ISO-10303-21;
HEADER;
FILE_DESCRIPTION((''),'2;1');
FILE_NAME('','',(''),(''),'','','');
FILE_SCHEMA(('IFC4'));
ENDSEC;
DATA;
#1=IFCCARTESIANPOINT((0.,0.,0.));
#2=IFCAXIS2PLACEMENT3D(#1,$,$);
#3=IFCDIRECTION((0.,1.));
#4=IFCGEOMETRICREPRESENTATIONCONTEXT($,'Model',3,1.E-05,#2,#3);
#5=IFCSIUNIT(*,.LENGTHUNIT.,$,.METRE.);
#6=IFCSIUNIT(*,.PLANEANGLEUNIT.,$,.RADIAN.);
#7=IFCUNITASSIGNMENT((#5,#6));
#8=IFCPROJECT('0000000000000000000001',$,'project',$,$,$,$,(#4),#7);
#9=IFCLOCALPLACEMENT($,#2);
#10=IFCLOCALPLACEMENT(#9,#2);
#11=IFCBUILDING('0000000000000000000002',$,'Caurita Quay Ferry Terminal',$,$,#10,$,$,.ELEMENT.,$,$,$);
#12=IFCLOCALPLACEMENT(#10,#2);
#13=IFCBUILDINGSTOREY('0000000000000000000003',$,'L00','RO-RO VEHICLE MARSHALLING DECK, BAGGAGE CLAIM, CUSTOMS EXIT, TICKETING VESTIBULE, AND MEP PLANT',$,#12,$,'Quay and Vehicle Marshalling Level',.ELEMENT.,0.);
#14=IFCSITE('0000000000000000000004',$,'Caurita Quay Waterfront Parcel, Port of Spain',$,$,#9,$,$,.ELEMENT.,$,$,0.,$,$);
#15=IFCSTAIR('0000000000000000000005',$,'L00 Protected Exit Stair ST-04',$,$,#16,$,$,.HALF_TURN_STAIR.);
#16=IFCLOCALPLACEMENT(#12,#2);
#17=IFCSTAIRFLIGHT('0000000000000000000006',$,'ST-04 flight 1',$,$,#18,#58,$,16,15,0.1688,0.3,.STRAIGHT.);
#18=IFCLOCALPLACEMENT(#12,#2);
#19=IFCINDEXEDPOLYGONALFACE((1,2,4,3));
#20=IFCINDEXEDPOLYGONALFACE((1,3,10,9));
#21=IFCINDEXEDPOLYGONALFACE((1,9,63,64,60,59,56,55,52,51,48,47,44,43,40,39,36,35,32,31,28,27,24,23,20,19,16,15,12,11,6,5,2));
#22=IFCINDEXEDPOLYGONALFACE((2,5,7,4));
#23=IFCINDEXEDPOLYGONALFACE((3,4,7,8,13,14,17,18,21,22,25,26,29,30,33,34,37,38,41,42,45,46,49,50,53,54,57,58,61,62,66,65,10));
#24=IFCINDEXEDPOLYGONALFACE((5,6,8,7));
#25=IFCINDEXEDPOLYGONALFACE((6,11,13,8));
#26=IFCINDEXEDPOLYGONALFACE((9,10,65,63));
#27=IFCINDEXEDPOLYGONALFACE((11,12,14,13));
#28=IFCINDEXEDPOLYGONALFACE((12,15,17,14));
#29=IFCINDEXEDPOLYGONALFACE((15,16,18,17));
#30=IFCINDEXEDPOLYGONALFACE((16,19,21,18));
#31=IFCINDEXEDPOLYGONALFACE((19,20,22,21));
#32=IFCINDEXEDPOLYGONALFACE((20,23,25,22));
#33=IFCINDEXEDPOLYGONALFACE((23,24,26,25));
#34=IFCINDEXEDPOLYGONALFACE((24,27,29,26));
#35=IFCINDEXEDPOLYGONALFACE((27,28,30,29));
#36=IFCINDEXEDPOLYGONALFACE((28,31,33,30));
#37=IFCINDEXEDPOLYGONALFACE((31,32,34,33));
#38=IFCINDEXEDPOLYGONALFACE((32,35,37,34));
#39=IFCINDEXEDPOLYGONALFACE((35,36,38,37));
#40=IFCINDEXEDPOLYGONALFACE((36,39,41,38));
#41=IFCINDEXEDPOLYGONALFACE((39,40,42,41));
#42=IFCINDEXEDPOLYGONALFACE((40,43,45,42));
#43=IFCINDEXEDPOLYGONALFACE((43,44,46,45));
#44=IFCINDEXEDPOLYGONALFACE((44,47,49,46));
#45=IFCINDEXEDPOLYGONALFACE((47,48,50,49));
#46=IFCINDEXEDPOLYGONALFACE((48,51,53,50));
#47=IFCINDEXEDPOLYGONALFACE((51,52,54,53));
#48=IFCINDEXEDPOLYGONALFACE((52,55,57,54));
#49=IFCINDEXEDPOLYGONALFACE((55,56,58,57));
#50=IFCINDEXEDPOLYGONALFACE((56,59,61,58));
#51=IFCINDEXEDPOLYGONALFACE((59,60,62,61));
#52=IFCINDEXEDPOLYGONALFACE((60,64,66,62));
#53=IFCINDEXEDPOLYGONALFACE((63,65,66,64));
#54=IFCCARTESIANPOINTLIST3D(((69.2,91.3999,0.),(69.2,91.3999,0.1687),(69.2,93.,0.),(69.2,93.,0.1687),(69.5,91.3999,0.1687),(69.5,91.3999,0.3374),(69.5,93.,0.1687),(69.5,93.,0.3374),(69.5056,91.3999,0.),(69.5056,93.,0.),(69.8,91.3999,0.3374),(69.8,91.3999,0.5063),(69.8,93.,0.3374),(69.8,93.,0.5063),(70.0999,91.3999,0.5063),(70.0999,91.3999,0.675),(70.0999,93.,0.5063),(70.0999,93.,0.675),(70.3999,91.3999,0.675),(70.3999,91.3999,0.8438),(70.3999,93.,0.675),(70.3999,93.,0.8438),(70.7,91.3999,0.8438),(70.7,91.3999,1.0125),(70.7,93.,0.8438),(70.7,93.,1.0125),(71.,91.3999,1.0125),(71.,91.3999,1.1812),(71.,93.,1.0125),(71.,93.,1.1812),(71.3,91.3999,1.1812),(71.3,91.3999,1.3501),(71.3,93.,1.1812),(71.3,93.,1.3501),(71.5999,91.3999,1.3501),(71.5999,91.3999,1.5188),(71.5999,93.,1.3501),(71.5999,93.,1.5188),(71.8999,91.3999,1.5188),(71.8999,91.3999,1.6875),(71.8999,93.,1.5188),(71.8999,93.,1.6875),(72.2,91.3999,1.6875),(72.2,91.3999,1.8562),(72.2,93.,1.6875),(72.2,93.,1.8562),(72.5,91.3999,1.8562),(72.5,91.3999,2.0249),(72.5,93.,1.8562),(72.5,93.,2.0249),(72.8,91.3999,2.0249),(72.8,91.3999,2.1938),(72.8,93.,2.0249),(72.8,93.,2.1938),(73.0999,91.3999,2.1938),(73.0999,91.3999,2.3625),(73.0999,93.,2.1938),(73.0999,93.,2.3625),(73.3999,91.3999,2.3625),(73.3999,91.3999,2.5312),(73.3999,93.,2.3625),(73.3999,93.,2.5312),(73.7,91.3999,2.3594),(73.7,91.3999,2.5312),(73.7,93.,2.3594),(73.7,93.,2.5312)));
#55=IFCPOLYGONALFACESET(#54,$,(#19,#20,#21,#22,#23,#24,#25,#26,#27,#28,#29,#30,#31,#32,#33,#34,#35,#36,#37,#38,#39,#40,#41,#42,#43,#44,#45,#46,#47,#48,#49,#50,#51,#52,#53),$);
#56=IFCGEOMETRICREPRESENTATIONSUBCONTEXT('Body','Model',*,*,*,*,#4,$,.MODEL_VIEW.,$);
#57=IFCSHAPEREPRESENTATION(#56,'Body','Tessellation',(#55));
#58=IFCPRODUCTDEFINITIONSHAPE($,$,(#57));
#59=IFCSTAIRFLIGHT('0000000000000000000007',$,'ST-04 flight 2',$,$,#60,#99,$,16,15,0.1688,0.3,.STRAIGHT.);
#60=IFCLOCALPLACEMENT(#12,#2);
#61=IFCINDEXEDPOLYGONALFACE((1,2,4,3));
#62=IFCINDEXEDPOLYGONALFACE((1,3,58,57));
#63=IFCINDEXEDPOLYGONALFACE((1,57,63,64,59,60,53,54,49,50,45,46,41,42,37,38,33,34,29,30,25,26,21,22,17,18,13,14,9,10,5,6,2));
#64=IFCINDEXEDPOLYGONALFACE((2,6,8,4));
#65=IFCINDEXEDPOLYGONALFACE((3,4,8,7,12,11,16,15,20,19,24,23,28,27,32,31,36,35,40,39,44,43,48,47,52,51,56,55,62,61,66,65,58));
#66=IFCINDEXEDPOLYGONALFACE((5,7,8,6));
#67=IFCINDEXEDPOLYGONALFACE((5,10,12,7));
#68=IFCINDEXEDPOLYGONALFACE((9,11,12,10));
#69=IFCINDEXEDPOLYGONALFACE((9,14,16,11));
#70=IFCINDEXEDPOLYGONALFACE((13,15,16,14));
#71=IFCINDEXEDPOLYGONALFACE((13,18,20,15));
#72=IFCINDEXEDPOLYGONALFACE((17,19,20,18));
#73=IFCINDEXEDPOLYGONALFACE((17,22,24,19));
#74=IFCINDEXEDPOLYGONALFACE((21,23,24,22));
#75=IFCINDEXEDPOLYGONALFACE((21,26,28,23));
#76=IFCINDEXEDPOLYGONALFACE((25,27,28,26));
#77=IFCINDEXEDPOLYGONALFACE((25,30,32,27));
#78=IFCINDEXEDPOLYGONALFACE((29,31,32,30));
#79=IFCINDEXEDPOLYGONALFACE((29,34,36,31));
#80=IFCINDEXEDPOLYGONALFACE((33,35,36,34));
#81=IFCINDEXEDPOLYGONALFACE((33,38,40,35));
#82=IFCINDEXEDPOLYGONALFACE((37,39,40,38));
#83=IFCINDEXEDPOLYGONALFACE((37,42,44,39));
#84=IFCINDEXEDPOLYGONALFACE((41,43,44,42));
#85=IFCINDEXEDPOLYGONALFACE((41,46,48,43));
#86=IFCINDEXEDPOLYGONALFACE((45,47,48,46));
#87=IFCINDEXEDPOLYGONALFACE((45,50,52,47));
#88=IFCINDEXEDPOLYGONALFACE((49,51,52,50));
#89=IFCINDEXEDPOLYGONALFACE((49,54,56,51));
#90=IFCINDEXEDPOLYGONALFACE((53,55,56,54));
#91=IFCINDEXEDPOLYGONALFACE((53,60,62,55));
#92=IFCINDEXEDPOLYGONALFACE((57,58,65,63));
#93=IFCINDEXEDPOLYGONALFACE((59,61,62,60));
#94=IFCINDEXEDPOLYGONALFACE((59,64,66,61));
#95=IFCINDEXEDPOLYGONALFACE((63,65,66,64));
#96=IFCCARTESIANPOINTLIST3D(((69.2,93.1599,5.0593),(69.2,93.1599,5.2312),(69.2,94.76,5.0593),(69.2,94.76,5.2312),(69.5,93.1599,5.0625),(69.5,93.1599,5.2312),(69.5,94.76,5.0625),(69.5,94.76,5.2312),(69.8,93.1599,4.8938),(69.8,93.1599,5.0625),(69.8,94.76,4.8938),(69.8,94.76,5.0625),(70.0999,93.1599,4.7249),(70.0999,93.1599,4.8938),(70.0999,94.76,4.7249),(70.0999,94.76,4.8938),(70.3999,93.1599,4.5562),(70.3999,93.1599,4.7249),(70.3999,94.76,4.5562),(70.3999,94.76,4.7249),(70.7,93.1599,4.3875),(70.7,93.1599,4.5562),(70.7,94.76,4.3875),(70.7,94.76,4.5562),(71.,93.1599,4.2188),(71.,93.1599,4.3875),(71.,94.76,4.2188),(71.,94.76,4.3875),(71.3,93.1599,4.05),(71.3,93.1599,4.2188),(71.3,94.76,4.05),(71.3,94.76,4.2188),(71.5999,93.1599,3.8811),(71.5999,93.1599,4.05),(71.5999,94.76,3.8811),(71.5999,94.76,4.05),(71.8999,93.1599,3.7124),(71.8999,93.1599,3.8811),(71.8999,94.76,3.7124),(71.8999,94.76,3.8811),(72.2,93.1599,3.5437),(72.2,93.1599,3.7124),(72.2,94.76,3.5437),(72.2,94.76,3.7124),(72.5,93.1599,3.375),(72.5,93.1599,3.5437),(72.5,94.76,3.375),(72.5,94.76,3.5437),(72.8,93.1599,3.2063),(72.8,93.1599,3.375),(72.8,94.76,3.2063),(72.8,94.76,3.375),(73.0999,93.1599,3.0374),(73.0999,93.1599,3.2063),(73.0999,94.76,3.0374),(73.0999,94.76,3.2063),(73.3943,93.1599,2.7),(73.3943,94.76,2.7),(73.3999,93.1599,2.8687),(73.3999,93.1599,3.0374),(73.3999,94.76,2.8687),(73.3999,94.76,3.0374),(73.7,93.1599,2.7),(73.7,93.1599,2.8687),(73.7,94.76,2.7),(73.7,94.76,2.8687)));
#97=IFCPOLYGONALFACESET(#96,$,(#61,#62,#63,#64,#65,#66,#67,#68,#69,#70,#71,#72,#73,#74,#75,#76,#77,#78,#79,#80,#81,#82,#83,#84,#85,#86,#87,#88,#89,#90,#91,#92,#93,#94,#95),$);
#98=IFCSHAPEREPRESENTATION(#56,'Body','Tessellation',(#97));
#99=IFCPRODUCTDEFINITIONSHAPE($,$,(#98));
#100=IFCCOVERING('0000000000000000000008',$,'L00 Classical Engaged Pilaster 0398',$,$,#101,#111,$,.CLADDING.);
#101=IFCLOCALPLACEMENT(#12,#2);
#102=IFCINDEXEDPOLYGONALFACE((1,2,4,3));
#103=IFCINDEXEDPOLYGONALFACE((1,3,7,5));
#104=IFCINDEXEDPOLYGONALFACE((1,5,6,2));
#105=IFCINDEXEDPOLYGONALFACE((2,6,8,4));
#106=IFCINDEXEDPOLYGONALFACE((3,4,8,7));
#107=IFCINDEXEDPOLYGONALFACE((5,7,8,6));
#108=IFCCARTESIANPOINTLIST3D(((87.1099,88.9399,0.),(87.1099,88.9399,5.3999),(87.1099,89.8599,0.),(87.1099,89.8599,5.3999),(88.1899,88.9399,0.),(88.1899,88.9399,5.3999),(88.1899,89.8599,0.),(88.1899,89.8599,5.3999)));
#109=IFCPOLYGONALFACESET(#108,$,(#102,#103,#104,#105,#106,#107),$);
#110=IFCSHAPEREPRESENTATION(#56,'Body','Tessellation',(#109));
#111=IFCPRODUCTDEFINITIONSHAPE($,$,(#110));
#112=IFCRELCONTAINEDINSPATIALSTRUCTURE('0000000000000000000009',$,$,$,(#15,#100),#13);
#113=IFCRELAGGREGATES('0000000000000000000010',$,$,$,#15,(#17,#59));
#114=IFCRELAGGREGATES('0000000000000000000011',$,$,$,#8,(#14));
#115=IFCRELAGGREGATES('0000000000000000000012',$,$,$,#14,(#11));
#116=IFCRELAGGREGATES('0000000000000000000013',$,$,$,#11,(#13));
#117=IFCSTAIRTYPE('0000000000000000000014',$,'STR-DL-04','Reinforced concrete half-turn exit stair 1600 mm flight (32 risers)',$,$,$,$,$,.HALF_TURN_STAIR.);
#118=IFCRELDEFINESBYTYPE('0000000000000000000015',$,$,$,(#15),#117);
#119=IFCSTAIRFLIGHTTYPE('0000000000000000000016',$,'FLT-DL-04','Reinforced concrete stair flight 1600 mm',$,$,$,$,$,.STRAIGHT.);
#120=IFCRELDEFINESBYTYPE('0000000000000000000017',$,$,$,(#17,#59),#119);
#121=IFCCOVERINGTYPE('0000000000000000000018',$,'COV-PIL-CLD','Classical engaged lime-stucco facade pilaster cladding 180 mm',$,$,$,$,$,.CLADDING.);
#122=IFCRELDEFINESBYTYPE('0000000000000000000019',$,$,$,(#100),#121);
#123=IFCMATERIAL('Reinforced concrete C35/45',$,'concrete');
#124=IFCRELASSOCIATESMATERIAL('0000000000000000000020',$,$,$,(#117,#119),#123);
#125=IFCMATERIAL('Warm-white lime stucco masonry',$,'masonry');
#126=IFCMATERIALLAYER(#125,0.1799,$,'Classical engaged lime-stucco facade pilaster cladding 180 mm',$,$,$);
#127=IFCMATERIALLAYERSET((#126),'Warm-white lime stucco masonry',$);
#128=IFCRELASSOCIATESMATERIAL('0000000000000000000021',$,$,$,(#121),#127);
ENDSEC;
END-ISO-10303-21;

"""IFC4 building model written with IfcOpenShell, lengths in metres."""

from ifc_helpers import new_model, si_unit, direction, frame, origin, origin_2d, place, context, subcontext, project, spatial, polyline, rectangle, outline, extrude, material, layer, layer_set, type_object, element, aggregate, save


model = new_model("IFC4")

# Units and contexts
model_context = context("Model", 3, precision=1e-05, world=origin(), true_north=direction((0.0, 1.0)))
body_context = subcontext(model_context, "Body", "Model", "MODEL_VIEW")
ifc_project = project(units=[si_unit("LENGTHUNIT", "METRE"), si_unit("PLANEANGLEUNIT", "RADIAN")], contexts=[model_context])

# Site, building, storey
site_placement = place(None, origin())
site = spatial("IfcSite", under=ifc_project, at=site_placement, Name="Caurita Quay Waterfront Parcel, Port of Spain", CompositionType="ELEMENT", RefElevation=0.0)
building_placement = place(site_placement, origin())
building = spatial("IfcBuilding", under=site, at=building_placement, Name="Caurita Quay Ferry Terminal", CompositionType="ELEMENT")
storey_placement = place(building_placement, origin())
storey = spatial("IfcBuildingStorey", under=building, at=storey_placement, Name="L00", Description="RO-RO VEHICLE MARSHALLING DECK, BAGGAGE CLAIM, CUSTOMS EXIT, TICKETING VESTIBULE, AND MEP PLANT", LongName="Quay and Vehicle Marshalling Level", CompositionType="ELEMENT", Elevation=0.0)

# Shared definitions
ifc_material_1 = material(Name="Reinforced concrete C35/45", Category="concrete")

# Shared definitions
ifc_material_2 = material(Name="Warm-white lime stucco masonry", Category="masonry")

# Stair, stair flights
stair_type = type_object("IfcStairType", Name="STR-DL-04", Description="Reinforced concrete half-turn exit stair 1600 mm flight (32 risers)", PredefinedType="HALF_TURN_STAIR", material=ifc_material_1)
stair_placement = place(storey_placement, origin())
stair = element("IfcStair", 1, at=stair_placement, inside=storey, type_object=stair_type, Name="L00 Protected Exit Stair ST-04", PredefinedType="HALF_TURN_STAIR")
stair_flight_type = type_object("IfcStairFlightType", Name="FLT-DL-04", Description="Reinforced concrete stair flight 1600 mm", PredefinedType="STRAIGHT", material=ifc_material_1)
stair_flight_1_placement = place(storey_placement, frame((69.2, 92.2, 0.0), z_axis=(0.0, 0.0, 1.0), x_axis=(1.0, 0.0, 0.0)))
stair_flight_1 = element("IfcStairFlight", 2, at=stair_flight_1_placement, type_object=stair_flight_type, Name="ST-04 flight 1", NumberOfRisers=16, NumberOfTreads=15, PredefinedType="STRAIGHT", RiserHeight=0.1688, TreadLength=0.3, context=body_context, shape_type="SweptSolid", body=[
    extrude(outline(polyline([(0.0, 0.0), (0.0, 0.1687), (0.3, 0.1687), (0.3, 0.3374), (0.6001, 0.3374), (0.6001, 0.5063), (0.8999, 0.5063), (0.8999, 0.675), (1.2, 0.675), (1.2, 0.8438), (1.5, 0.8438), (1.5, 1.0125), (1.8, 1.0125), (1.8, 1.1812), (2.1001, 1.1812), (2.1001, 1.3501), (2.3999, 1.3501), (2.3999, 1.5188), (2.7, 1.5188), (2.7, 1.6875), (3.0, 1.6875), (3.0, 1.8562), (3.3, 1.8562), (3.3, 2.0249), (3.6001, 2.0249), (3.6001, 2.1938), (3.8999, 2.1938), (3.8999, 2.3625), (4.2, 2.3625), (4.2, 2.5312), (4.5, 2.5312), (4.5, 2.7), (4.5, 2.3594), (0.3057, 0.0), (0.0, 0.0)])), frame((0.0, 0.8, 0.0), z_axis=(0.0, -1.0, 0.0), x_axis=(1.0, 0.0, 0.0)), (0.0, 0.0, 1.0), 1.6001),
])
stair_flight_2_placement = place(storey_placement, frame((73.7, 93.96, 2.7), z_axis=(0.0, 0.0, 1.0), x_axis=(-1.0, 0.0, 0.0)))
stair_flight_2 = element("IfcStairFlight", 3, at=stair_flight_2_placement, type_object=stair_flight_type, Name="ST-04 flight 2", NumberOfRisers=16, NumberOfTreads=15, PredefinedType="STRAIGHT", RiserHeight=0.1688, TreadLength=0.3, context=body_context, shape_type="SweptSolid", body=[
    extrude(outline(polyline([(0.0, 0.0), (0.0, 0.1687), (0.3, 0.1687), (0.3, 0.3374), (0.6001, 0.3374), (0.6001, 0.5063), (0.8999, 0.5063), (0.8999, 0.675), (1.2, 0.675), (1.2, 0.8438), (1.5, 0.8438), (1.5, 1.0125), (1.8, 1.0125), (1.8, 1.1812), (2.1001, 1.1812), (2.1001, 1.3501), (2.3999, 1.3501), (2.3999, 1.5188), (2.7, 1.5188), (2.7, 1.6875), (3.0, 1.6875), (3.0, 1.8562), (3.3, 1.8562), (3.3, 2.0249), (3.6001, 2.0249), (3.6001, 2.1938), (3.8999, 2.1938), (3.8999, 2.3625), (4.2, 2.3625), (4.2, 2.5312), (4.5, 2.5312), (4.5, 2.7), (4.5, 2.3594), (0.3057, 0.0), (0.0, 0.0)])), frame((0.0, 0.8, 0.0), z_axis=(0.0, -1.0, 0.0), x_axis=(1.0, 0.0, 0.0)), (0.0, 0.0, 1.0), 1.6001),
])
aggregate(stair, [stair_flight_1, stair_flight_2])

# Covering
ifc_layer_1 = layer(ifc_material_2, 0.1799, Name="Classical engaged lime-stucco facade pilaster cladding 180 mm")
ifc_layer_set_1 = layer_set([ifc_layer_1], Name="Warm-white lime stucco masonry")
covering_type = type_object("IfcCoveringType", Name="COV-PIL-CLD", Description="Classical engaged lime-stucco facade pilaster cladding 180 mm", PredefinedType="CLADDING", material=ifc_layer_set_1)
covering_placement = place(storey_placement, frame((87.6499, 89.3999, 0.0), z_axis=(0.0, 0.0, 1.0), x_axis=(1.0, 0.0, 0.0)))
element("IfcCovering", 4, at=covering_placement, inside=storey, type_object=covering_type, Name="L00 Classical Engaged Pilaster 0398", PredefinedType="CLADDING", context=body_context, shape_type="SweptSolid", body=[
    extrude(rectangle(XDim=1.0801, YDim=0.9199, at=origin_2d()), origin(), (0.0, 0.0, 1.0), 5.3999),
])

save(model, "model.ifc")
